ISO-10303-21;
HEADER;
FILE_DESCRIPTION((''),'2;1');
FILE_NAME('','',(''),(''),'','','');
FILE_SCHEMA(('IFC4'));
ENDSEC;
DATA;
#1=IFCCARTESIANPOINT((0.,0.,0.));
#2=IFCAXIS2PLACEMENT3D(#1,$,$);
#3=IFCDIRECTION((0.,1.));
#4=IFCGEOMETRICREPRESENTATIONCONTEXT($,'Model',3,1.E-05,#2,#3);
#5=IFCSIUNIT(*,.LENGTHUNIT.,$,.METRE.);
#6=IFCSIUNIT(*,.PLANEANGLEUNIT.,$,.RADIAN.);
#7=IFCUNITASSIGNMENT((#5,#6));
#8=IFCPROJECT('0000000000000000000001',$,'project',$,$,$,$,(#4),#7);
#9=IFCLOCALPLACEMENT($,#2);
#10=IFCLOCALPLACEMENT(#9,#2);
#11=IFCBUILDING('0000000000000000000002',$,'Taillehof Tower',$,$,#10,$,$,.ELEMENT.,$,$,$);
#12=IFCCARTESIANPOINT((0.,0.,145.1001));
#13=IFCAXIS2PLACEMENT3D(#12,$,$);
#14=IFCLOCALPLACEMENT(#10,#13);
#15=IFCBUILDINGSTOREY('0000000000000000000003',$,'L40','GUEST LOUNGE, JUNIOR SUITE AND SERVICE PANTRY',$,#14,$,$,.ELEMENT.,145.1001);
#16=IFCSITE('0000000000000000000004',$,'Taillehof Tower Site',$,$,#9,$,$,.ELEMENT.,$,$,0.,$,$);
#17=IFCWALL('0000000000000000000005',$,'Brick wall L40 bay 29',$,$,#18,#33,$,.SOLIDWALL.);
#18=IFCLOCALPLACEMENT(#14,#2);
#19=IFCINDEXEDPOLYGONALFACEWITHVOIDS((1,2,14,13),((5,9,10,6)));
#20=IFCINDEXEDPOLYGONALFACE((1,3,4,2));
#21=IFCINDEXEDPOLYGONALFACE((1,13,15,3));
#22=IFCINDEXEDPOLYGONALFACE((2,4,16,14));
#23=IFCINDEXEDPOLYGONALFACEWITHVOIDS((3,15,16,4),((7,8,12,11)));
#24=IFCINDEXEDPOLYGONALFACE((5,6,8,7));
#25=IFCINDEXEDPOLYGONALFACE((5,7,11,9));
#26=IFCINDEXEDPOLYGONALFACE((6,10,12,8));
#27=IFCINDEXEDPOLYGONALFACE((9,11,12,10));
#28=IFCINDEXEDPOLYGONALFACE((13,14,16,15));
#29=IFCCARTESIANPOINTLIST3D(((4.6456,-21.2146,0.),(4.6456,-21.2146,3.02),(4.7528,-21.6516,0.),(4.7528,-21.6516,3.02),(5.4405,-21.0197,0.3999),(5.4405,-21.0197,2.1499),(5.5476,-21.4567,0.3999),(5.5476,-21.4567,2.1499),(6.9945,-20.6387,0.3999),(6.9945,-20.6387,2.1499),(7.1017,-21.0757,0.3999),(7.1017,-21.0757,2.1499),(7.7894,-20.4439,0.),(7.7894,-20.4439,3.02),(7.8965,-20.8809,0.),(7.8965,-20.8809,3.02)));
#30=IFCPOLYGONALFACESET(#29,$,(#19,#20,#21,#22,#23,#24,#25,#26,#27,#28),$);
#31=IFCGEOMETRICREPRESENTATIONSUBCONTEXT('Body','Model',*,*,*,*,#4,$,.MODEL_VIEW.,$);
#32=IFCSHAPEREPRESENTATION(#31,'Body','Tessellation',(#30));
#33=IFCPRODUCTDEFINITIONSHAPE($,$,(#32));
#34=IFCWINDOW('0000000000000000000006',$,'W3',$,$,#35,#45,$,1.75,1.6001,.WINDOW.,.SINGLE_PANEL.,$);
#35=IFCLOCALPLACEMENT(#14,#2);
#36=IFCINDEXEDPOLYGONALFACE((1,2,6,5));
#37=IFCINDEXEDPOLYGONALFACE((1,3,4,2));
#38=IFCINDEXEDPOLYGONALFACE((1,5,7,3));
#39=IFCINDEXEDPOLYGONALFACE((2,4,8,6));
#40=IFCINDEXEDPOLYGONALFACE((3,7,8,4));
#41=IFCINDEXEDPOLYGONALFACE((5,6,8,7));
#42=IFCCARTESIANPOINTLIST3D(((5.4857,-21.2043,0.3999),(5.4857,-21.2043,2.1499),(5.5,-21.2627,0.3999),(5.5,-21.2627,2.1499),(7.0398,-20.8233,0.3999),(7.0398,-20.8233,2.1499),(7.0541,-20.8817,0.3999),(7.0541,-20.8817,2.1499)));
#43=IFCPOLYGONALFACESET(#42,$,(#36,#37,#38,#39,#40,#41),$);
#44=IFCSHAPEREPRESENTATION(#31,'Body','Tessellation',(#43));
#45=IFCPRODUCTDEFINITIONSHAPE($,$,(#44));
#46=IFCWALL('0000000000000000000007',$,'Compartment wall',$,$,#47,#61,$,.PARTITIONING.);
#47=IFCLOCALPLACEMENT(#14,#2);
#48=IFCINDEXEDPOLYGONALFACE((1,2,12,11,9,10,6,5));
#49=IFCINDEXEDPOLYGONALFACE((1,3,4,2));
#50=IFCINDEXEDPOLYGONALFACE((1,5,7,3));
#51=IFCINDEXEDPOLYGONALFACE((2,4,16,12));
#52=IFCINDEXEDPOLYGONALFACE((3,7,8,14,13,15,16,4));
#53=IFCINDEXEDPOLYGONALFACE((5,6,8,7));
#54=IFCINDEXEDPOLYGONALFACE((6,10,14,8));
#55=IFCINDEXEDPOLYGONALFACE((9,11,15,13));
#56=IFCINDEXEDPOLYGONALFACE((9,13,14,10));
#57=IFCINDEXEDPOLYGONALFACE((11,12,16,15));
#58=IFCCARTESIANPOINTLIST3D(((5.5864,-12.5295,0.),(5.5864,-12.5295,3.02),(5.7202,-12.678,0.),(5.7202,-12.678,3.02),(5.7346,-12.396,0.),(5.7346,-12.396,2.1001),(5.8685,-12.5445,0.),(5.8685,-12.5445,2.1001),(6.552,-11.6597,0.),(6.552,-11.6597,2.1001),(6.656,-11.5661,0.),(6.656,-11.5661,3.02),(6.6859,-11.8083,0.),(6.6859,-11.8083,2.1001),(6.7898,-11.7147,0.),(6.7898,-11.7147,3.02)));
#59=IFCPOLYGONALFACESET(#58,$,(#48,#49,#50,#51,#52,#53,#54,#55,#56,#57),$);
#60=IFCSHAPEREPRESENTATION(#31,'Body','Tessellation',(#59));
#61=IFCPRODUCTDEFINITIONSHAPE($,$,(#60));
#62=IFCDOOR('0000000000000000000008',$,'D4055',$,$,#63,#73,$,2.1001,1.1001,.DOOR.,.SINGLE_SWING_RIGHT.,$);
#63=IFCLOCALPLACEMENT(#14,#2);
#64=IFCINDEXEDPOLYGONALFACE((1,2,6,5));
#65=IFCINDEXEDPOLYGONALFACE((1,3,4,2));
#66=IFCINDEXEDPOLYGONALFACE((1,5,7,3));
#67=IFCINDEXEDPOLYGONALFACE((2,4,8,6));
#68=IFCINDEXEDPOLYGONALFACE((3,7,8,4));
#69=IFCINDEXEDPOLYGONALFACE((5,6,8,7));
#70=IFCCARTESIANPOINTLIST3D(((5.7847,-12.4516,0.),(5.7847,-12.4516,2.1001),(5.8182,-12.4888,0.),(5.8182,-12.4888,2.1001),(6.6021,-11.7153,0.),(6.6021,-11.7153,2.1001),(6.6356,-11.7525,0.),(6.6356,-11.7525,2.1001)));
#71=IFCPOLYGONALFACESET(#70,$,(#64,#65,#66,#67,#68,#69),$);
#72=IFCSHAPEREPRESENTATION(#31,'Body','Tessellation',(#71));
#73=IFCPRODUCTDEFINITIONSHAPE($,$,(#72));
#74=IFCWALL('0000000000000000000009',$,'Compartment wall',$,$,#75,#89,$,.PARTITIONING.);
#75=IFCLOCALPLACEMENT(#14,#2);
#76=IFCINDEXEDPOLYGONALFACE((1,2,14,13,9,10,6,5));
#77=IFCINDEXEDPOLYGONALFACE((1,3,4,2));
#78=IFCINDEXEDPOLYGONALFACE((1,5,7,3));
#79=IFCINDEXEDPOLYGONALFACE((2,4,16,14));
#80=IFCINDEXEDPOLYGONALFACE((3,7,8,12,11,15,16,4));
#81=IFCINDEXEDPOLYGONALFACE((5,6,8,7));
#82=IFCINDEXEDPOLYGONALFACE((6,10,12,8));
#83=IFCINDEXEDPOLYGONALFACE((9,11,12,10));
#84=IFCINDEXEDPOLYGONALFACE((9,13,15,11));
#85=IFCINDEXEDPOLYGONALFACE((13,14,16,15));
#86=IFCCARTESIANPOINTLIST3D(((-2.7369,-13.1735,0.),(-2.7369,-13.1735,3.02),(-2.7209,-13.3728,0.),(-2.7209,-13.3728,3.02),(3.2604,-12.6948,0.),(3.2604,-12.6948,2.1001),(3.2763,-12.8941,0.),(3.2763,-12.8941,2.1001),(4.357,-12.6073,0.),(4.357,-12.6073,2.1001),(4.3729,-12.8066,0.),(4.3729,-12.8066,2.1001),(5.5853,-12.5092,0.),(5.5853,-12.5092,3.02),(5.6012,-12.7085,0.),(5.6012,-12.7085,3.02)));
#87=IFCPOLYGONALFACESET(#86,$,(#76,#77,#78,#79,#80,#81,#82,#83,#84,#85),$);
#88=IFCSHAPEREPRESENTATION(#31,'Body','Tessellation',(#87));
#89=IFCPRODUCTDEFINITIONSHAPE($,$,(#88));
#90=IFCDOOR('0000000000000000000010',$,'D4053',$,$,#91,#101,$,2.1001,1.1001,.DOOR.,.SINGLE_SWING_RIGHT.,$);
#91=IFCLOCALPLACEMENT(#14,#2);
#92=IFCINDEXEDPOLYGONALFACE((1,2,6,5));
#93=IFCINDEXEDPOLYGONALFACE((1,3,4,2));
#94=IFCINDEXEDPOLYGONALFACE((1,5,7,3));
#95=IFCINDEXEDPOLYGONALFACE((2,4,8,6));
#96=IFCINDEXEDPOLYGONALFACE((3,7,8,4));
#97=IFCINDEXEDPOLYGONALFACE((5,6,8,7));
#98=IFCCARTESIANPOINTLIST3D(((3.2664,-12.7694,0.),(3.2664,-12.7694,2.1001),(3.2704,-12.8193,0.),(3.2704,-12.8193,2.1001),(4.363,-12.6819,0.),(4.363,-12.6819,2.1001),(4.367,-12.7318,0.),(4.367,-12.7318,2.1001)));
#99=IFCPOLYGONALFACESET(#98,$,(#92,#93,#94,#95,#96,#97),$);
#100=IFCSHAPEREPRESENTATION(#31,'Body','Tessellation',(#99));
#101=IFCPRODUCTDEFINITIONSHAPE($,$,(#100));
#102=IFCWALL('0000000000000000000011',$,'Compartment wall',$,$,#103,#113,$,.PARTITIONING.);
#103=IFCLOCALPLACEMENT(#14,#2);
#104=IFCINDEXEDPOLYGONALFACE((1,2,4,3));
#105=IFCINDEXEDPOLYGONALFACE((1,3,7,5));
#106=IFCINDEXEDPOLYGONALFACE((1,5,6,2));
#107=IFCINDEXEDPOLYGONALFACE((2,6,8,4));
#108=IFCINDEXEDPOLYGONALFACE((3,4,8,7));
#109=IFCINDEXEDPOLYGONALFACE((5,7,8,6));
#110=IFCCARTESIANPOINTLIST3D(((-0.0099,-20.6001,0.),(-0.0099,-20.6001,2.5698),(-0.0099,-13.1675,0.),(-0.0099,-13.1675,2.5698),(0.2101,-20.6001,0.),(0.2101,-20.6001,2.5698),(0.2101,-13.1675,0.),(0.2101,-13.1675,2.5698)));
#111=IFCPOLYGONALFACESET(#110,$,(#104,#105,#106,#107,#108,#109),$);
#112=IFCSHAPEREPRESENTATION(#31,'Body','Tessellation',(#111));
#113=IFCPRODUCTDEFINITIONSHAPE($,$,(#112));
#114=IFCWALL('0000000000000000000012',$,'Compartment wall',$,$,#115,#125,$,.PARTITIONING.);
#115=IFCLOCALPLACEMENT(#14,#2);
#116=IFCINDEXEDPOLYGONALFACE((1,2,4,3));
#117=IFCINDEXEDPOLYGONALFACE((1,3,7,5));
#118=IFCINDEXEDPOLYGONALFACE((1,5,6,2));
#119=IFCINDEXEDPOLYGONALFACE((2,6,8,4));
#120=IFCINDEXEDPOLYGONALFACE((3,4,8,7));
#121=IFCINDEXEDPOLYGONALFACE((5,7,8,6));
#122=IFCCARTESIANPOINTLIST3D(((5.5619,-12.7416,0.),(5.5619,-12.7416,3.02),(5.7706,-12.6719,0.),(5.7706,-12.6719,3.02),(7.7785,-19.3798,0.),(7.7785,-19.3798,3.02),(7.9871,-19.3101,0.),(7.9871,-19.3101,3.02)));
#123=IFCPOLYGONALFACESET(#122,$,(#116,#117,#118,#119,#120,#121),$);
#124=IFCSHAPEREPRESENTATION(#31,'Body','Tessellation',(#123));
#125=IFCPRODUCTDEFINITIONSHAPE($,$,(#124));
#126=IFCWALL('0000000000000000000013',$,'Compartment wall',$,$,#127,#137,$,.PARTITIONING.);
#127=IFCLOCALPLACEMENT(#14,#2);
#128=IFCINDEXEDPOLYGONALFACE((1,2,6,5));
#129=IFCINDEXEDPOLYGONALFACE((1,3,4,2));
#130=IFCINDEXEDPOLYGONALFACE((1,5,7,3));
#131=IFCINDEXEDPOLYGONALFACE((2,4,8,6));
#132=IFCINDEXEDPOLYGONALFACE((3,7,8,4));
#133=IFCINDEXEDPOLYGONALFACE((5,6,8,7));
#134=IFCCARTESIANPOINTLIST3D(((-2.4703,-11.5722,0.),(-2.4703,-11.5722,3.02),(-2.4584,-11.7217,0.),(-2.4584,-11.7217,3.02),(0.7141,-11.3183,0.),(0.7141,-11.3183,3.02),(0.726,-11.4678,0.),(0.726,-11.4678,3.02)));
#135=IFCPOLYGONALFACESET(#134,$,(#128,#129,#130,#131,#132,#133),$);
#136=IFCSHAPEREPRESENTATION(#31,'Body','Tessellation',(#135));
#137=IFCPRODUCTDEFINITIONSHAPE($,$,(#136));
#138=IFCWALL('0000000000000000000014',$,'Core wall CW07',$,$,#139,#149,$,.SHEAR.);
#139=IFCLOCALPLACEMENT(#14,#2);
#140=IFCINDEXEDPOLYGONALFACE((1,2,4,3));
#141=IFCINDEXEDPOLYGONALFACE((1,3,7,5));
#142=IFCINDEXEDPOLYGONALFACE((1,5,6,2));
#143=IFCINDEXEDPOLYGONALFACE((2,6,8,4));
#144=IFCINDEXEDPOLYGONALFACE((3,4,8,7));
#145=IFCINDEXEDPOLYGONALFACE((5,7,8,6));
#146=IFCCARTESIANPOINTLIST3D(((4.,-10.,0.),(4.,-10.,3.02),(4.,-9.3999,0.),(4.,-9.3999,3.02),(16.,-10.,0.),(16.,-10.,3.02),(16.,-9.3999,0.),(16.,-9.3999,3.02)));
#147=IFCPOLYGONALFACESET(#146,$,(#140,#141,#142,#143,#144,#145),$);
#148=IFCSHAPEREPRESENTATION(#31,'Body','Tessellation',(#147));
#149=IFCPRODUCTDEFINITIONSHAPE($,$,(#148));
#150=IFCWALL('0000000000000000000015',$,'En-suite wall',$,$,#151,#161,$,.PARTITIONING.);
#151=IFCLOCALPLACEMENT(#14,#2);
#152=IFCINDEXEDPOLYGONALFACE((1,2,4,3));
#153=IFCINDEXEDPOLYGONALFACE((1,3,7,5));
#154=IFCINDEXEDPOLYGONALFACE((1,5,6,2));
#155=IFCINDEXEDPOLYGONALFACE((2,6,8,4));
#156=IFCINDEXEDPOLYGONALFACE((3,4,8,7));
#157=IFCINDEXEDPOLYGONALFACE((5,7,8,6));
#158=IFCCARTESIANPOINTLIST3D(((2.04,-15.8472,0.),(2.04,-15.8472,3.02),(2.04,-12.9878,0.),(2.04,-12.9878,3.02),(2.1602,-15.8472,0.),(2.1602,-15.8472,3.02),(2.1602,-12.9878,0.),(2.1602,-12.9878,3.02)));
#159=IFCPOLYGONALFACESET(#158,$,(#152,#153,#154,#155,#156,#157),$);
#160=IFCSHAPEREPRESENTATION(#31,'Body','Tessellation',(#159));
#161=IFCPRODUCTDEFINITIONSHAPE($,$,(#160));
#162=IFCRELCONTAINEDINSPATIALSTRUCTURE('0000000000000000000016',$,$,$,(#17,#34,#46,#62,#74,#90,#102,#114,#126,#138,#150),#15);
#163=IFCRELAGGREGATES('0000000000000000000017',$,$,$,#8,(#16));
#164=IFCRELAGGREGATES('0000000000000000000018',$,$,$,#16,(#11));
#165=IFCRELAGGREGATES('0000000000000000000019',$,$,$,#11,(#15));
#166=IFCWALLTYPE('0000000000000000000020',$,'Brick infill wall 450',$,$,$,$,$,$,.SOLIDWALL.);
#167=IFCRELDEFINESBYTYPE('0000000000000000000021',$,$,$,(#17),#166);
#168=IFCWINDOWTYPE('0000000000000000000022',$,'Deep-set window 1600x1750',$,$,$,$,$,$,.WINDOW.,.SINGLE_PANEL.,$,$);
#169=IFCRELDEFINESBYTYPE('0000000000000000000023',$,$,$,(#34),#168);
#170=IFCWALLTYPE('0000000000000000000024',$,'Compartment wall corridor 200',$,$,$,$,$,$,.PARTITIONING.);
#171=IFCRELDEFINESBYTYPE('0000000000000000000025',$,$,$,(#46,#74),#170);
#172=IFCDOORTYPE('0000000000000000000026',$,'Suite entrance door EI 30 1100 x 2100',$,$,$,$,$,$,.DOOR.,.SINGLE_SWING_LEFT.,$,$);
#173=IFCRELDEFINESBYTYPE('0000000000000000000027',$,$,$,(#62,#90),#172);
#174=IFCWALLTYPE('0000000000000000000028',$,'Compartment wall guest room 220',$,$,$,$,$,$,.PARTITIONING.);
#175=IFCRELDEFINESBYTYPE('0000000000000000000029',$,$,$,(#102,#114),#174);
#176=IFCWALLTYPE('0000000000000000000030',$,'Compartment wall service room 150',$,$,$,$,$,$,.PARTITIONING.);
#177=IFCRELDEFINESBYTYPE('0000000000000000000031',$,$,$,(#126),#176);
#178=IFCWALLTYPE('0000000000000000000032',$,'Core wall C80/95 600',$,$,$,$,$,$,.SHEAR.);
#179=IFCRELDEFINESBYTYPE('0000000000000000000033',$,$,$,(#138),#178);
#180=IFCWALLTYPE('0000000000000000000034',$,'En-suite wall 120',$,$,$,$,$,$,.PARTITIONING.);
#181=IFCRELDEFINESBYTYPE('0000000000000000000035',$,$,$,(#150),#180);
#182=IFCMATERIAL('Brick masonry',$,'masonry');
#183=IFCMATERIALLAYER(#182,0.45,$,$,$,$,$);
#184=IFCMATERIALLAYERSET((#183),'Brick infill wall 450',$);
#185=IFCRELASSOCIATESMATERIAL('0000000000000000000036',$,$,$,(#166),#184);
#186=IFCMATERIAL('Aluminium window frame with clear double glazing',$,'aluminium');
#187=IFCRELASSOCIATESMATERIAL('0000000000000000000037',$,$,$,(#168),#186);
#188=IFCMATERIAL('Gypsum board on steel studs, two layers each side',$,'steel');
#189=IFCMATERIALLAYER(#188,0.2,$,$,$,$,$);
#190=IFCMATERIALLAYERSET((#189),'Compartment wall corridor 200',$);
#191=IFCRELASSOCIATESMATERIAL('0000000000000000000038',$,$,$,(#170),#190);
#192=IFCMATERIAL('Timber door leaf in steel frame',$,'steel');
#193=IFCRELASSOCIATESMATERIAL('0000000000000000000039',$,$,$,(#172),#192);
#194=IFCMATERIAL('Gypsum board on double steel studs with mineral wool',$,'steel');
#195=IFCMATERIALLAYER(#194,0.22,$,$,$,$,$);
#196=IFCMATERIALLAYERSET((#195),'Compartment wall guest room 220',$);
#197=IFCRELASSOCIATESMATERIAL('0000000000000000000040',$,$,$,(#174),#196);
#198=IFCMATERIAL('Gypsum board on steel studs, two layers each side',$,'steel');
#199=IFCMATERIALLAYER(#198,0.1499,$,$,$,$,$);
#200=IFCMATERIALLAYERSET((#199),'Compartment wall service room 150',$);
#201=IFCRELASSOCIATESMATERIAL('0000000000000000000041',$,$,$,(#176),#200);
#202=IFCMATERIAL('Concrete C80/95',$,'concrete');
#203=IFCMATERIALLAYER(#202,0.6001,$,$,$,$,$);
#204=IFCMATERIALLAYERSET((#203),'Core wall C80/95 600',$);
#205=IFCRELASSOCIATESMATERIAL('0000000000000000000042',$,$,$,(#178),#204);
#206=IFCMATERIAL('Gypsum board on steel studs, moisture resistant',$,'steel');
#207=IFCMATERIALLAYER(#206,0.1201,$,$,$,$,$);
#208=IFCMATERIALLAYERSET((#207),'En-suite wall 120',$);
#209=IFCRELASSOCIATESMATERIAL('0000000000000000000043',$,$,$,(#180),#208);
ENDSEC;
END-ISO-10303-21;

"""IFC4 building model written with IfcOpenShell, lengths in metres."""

from ifc_helpers import new_model, si_unit, direction, frame, frame_2d, origin, place, context, subcontext, project, spatial, rectangle, extrude, material, layer, layer_set, type_object, element, fill, save


model = new_model("IFC4")

# Units and contexts
model_context = context("Model", 3, precision=1e-05, world=origin(), true_north=direction((0.0, 1.0)))
body_context = subcontext(model_context, "Body", "Model", "MODEL_VIEW")
ifc_project = project(units=[si_unit("LENGTHUNIT", "METRE"), si_unit("PLANEANGLEUNIT", "RADIAN")], contexts=[model_context])

# Site, building, storey
site_placement = place(None, origin())
site = spatial("IfcSite", under=ifc_project, at=site_placement, Name="Taillehof Tower Site", CompositionType="ELEMENT", RefElevation=0.0)
building_placement = place(site_placement, origin())
building = spatial("IfcBuilding", under=site, at=building_placement, Name="Taillehof Tower", CompositionType="ELEMENT")
storey_placement = place(building_placement, frame((0.0, 0.0, 145.1001)))
storey = spatial("IfcBuildingStorey", under=building, at=storey_placement, Name="L40", Description="GUEST LOUNGE, JUNIOR SUITE AND SERVICE PANTRY", CompositionType="ELEMENT", Elevation=145.1001)

# Wall, opening, window
ifc_material_1 = material(Name="Brick masonry", Category="masonry")
ifc_layer_1 = layer(ifc_material_1, 0.45)
ifc_layer_set_1 = layer_set([ifc_layer_1], Name="Brick infill wall 450")
wall_type_1 = type_object("IfcWallType", Name="Brick infill wall 450", PredefinedType="SOLIDWALL", material=ifc_layer_set_1)
ifc_material_2 = material(Name="Aluminium window frame with clear double glazing", Category="aluminium")
window_type = type_object("IfcWindowType", Name="Deep-set window 1600x1750", PartitioningType="SINGLE_PANEL", PredefinedType="WINDOW", material=ifc_material_2)
wall_1_placement = place(storey_placement, frame((4.6992, -21.4331, 0.0), z_axis=(0.0, 0.0, 1.0), x_axis=(0.971237, 0.238114, 0.0)))
wall_1 = element("IfcWall", 1, at=wall_1_placement, inside=storey, type_object=wall_type_1, Name="Brick wall L40 bay 29", PredefinedType="SOLIDWALL", context=body_context, shape_type="SweptSolid", body=[
    extrude(rectangle(XDim=3.2368, YDim=0.45, at=frame_2d((1.6184, 0.0))), origin(), (0.0, 0.0, 1.0), 3.02),
])
opening_1_placement = place(wall_1_placement, frame((0.8184, 0.0, 0.3999)))
opening_1 = element("IfcOpeningElement", 2, at=opening_1_placement, cuts=wall_1, PredefinedType="OPENING", context=body_context, shape_type="SweptSolid", body=[
    extrude(rectangle(XDim=1.6001, YDim=1.75, at=frame_2d((0.8, 0.875))), frame((0.0, 0.2349, 0.0), z_axis=(0.0, -1.0, 0.0), x_axis=(1.0, 0.0, 0.0)), (0.0, 0.0, 1.0), 0.47),
])
window_1_placement = place(opening_1_placement, origin())
window_1 = element("IfcWindow", 3, at=window_1_placement, inside=storey, type_object=window_type, Name="W3", OverallHeight=1.75, OverallWidth=1.6001, PartitioningType="SINGLE_PANEL", PredefinedType="WINDOW", context=body_context, shape_type="SweptSolid", body=[
    extrude(rectangle(XDim=1.6001, YDim=1.75, at=frame_2d((0.8, 0.875))), frame((0.0, 0.0349, 0.0), z_axis=(0.0, -1.0, 0.0), x_axis=(1.0, 0.0, 0.0)), (0.0, 0.0, 1.0), 0.0601),
])
fill(opening_1, window_1)

# Walls, openings, doors
ifc_material_3 = material(Name="Gypsum board on steel studs, two layers each side", Category="steel")
ifc_layer_2 = layer(ifc_material_3, 0.2)
ifc_layer_set_2 = layer_set([ifc_layer_2], Name="Compartment wall corridor 200")
wall_type_2 = type_object("IfcWallType", Name="Compartment wall corridor 200", PredefinedType="PARTITIONING", material=ifc_layer_set_2)
wall_2_placement = place(storey_placement, frame((6.7229, -11.6404, 0.0), z_axis=(0.0, 0.0, 1.0), x_axis=(-0.743033, -0.669255, 0.0)))
wall_2 = element("IfcWall", 4, at=wall_2_placement, inside=storey, type_object=wall_type_2, Name="Compartment wall", PredefinedType="PARTITIONING", context=body_context, shape_type="SweptSolid", body=[
    extrude(rectangle(XDim=1.4395, YDim=0.2, at=frame_2d((0.7197, 0.0))), origin(), (0.0, 0.0, 1.0), 3.02),
])
opening_2_placement = place(wall_2_placement, frame((0.1399, 0.0, 0.0)))
opening_2 = element("IfcOpeningElement", 5, at=opening_2_placement, cuts=wall_2, PredefinedType="OPENING", context=body_context, shape_type="SweptSolid", body=[
    extrude(rectangle(XDim=1.1001, YDim=2.1001, at=frame_2d((0.55, 1.05))), frame((0.0, 0.1099, 0.0), z_axis=(0.0, -1.0, 0.0), x_axis=(1.0, 0.0, 0.0)), (0.0, 0.0, 1.0), 0.22),
])
ifc_material_4 = material(Name="Timber door leaf in steel frame", Category="steel")
door_type_1 = type_object("IfcDoorType", Name="Suite entrance door EI 30 1100 x 2100", OperationType="SINGLE_SWING_LEFT", PredefinedType="DOOR", material=ifc_material_4)
door_1_placement = place(opening_2_placement, origin())
door_1 = element("IfcDoor", 6, at=door_1_placement, inside=storey, type_object=door_type_1, Name="D4055", OperationType="SINGLE_SWING_RIGHT", OverallHeight=2.1001, OverallWidth=1.1001, PredefinedType="DOOR", context=body_context, shape_type="SweptSolid", body=[
    extrude(rectangle(XDim=1.1001, YDim=2.1001, at=frame_2d((0.55, 1.05))), frame((0.0, 0.0249, 0.0), z_axis=(0.0, -1.0, 0.0), x_axis=(1.0, 0.0, 0.0)), (0.0, 0.0, 1.0), 0.05),
])
fill(opening_2, door_1)
wall_3_placement = place(storey_placement, frame((5.5933, -12.6089, 0.0), z_axis=(0.0, 0.0, 1.0), x_axis=(-0.996829, -0.07957, 0.0)))
wall_3 = element("IfcWall", 7, at=wall_3_placement, inside=storey, type_object=wall_type_2, Name="Compartment wall", PredefinedType="PARTITIONING", context=body_context, shape_type="SweptSolid", body=[
    extrude(rectangle(XDim=8.3486, YDim=0.2, at=frame_2d((4.1743, 0.0))), origin(), (0.0, 0.0, 1.0), 3.02),
])
opening_3_placement = place(wall_3_placement, frame((1.2322, 0.0, 0.0)))
opening_3 = element("IfcOpeningElement", 8, at=opening_3_placement, cuts=wall_3, PredefinedType="OPENING", context=body_context, shape_type="SweptSolid", body=[
    extrude(rectangle(XDim=1.1001, YDim=2.1001, at=frame_2d((0.55, 1.05))), frame((0.0, 0.1099, 0.0), z_axis=(0.0, -1.0, 0.0), x_axis=(1.0, 0.0, 0.0)), (0.0, 0.0, 1.0), 0.22),
])
door_2_placement = place(opening_3_placement, origin())
door_2 = element("IfcDoor", 9, at=door_2_placement, inside=storey, type_object=door_type_1, Name="D4053", OperationType="SINGLE_SWING_RIGHT", OverallHeight=2.1001, OverallWidth=1.1001, PredefinedType="DOOR", context=body_context, shape_type="SweptSolid", body=[
    extrude(rectangle(XDim=1.1001, YDim=2.1001, at=frame_2d((0.55, 1.05))), frame((0.0, 0.0249, 0.0), z_axis=(0.0, -1.0, 0.0), x_axis=(1.0, 0.0, 0.0)), (0.0, 0.0, 1.0), 0.05),
])
fill(opening_3, door_2)

# Walls
ifc_material_5 = material(Name="Gypsum board on double steel studs with mineral wool", Category="steel")
ifc_layer_3 = layer(ifc_material_5, 0.22)
ifc_layer_set_3 = layer_set([ifc_layer_3], Name="Compartment wall guest room 220")
wall_type_3 = type_object("IfcWallType", Name="Compartment wall guest room 220", PredefinedType="PARTITIONING", material=ifc_layer_set_3)
wall_4_placement = place(storey_placement, frame((0.1001, -20.6001, 0.0), z_axis=(0.0, 0.0, 1.0), x_axis=(0.0, 1.0, 0.0)))
element("IfcWall", 10, at=wall_4_placement, inside=storey, type_object=wall_type_3, Name="Compartment wall", PredefinedType="PARTITIONING", context=body_context, shape_type="SweptSolid", body=[
    extrude(rectangle(XDim=7.4326, YDim=0.22, at=frame_2d((3.7163, 0.0))), origin(), (0.0, 0.0, 1.0), 2.5698),
])
wall_5_placement = place(storey_placement, frame((7.8828, -19.345, 0.0), z_axis=(0.0, 0.0, 1.0), x_axis=(-0.31672, 0.948519, 0.0)))
element("IfcWall", 11, at=wall_5_placement, inside=storey, type_object=wall_type_3, Name="Compartment wall", PredefinedType="PARTITIONING", context=body_context, shape_type="SweptSolid", body=[
    extrude(rectangle(XDim=6.9985, YDim=0.22, at=frame_2d((3.4993, 0.0))), origin(), (0.0, 0.0, 1.0), 3.02),
])
ifc_material_6 = material(Name="Gypsum board on steel studs, two layers each side", Category="steel")
ifc_layer_4 = layer(ifc_material_6, 0.1499)
ifc_layer_set_4 = layer_set([ifc_layer_4], Name="Compartment wall service room 150")
wall_type_4 = type_object("IfcWallType", Name="Compartment wall service room 150", PredefinedType="PARTITIONING", material=ifc_layer_set_4)
wall_6_placement = place(storey_placement, frame((0.72, -11.3931, 0.0), z_axis=(0.0, 0.0, 1.0), x_axis=(-0.996837, -0.079478, 0.0)))
element("IfcWall", 12, at=wall_6_placement, inside=storey, type_object=wall_type_4, Name="Compartment wall", PredefinedType="PARTITIONING", context=body_context, shape_type="SweptSolid", body=[
    extrude(rectangle(XDim=3.1946, YDim=0.1499, at=frame_2d((1.5972, 0.0))), origin(), (0.0, 0.0, 1.0), 3.02),
])
ifc_material_7 = material(Name="Concrete C80/95", Category="concrete")
ifc_layer_5 = layer(ifc_material_7, 0.6001)
ifc_layer_set_5 = layer_set([ifc_layer_5], Name="Core wall C80/95 600")
wall_type_5 = type_object("IfcWallType", Name="Core wall C80/95 600", PredefinedType="SHEAR", material=ifc_layer_set_5)
wall_7_placement = place(storey_placement, frame((4.0, -9.7, 0.0), z_axis=(0.0, 0.0, 1.0), x_axis=(1.0, 0.0, 0.0)))
element("IfcWall", 13, at=wall_7_placement, inside=storey, type_object=wall_type_5, Name="Core wall CW07", PredefinedType="SHEAR", context=body_context, shape_type="SweptSolid", body=[
    extrude(rectangle(XDim=12.0, YDim=0.6001, at=frame_2d((6.0, 0.0))), origin(), (0.0, 0.0, 1.0), 3.02),
])
ifc_material_8 = material(Name="Gypsum board on steel studs, moisture resistant", Category="steel")
ifc_layer_6 = layer(ifc_material_8, 0.1201)
ifc_layer_set_6 = layer_set([ifc_layer_6], Name="En-suite wall 120")
wall_type_6 = type_object("IfcWallType", Name="En-suite wall 120", PredefinedType="PARTITIONING", material=ifc_layer_set_6)
wall_8_placement = place(storey_placement, frame((2.1001, -12.9878, 0.0), z_axis=(0.0, 0.0, 1.0), x_axis=(0.0, -1.0, 0.0)))
element("IfcWall", 14, at=wall_8_placement, inside=storey, type_object=wall_type_6, Name="En-suite wall", PredefinedType="PARTITIONING", context=body_context, shape_type="SweptSolid", body=[
    extrude(rectangle(XDim=2.8594, YDim=0.1201, at=frame_2d((1.4297, 0.0))), origin(), (0.0, 0.0, 1.0), 3.02),
])

save(model, "model.ifc")
